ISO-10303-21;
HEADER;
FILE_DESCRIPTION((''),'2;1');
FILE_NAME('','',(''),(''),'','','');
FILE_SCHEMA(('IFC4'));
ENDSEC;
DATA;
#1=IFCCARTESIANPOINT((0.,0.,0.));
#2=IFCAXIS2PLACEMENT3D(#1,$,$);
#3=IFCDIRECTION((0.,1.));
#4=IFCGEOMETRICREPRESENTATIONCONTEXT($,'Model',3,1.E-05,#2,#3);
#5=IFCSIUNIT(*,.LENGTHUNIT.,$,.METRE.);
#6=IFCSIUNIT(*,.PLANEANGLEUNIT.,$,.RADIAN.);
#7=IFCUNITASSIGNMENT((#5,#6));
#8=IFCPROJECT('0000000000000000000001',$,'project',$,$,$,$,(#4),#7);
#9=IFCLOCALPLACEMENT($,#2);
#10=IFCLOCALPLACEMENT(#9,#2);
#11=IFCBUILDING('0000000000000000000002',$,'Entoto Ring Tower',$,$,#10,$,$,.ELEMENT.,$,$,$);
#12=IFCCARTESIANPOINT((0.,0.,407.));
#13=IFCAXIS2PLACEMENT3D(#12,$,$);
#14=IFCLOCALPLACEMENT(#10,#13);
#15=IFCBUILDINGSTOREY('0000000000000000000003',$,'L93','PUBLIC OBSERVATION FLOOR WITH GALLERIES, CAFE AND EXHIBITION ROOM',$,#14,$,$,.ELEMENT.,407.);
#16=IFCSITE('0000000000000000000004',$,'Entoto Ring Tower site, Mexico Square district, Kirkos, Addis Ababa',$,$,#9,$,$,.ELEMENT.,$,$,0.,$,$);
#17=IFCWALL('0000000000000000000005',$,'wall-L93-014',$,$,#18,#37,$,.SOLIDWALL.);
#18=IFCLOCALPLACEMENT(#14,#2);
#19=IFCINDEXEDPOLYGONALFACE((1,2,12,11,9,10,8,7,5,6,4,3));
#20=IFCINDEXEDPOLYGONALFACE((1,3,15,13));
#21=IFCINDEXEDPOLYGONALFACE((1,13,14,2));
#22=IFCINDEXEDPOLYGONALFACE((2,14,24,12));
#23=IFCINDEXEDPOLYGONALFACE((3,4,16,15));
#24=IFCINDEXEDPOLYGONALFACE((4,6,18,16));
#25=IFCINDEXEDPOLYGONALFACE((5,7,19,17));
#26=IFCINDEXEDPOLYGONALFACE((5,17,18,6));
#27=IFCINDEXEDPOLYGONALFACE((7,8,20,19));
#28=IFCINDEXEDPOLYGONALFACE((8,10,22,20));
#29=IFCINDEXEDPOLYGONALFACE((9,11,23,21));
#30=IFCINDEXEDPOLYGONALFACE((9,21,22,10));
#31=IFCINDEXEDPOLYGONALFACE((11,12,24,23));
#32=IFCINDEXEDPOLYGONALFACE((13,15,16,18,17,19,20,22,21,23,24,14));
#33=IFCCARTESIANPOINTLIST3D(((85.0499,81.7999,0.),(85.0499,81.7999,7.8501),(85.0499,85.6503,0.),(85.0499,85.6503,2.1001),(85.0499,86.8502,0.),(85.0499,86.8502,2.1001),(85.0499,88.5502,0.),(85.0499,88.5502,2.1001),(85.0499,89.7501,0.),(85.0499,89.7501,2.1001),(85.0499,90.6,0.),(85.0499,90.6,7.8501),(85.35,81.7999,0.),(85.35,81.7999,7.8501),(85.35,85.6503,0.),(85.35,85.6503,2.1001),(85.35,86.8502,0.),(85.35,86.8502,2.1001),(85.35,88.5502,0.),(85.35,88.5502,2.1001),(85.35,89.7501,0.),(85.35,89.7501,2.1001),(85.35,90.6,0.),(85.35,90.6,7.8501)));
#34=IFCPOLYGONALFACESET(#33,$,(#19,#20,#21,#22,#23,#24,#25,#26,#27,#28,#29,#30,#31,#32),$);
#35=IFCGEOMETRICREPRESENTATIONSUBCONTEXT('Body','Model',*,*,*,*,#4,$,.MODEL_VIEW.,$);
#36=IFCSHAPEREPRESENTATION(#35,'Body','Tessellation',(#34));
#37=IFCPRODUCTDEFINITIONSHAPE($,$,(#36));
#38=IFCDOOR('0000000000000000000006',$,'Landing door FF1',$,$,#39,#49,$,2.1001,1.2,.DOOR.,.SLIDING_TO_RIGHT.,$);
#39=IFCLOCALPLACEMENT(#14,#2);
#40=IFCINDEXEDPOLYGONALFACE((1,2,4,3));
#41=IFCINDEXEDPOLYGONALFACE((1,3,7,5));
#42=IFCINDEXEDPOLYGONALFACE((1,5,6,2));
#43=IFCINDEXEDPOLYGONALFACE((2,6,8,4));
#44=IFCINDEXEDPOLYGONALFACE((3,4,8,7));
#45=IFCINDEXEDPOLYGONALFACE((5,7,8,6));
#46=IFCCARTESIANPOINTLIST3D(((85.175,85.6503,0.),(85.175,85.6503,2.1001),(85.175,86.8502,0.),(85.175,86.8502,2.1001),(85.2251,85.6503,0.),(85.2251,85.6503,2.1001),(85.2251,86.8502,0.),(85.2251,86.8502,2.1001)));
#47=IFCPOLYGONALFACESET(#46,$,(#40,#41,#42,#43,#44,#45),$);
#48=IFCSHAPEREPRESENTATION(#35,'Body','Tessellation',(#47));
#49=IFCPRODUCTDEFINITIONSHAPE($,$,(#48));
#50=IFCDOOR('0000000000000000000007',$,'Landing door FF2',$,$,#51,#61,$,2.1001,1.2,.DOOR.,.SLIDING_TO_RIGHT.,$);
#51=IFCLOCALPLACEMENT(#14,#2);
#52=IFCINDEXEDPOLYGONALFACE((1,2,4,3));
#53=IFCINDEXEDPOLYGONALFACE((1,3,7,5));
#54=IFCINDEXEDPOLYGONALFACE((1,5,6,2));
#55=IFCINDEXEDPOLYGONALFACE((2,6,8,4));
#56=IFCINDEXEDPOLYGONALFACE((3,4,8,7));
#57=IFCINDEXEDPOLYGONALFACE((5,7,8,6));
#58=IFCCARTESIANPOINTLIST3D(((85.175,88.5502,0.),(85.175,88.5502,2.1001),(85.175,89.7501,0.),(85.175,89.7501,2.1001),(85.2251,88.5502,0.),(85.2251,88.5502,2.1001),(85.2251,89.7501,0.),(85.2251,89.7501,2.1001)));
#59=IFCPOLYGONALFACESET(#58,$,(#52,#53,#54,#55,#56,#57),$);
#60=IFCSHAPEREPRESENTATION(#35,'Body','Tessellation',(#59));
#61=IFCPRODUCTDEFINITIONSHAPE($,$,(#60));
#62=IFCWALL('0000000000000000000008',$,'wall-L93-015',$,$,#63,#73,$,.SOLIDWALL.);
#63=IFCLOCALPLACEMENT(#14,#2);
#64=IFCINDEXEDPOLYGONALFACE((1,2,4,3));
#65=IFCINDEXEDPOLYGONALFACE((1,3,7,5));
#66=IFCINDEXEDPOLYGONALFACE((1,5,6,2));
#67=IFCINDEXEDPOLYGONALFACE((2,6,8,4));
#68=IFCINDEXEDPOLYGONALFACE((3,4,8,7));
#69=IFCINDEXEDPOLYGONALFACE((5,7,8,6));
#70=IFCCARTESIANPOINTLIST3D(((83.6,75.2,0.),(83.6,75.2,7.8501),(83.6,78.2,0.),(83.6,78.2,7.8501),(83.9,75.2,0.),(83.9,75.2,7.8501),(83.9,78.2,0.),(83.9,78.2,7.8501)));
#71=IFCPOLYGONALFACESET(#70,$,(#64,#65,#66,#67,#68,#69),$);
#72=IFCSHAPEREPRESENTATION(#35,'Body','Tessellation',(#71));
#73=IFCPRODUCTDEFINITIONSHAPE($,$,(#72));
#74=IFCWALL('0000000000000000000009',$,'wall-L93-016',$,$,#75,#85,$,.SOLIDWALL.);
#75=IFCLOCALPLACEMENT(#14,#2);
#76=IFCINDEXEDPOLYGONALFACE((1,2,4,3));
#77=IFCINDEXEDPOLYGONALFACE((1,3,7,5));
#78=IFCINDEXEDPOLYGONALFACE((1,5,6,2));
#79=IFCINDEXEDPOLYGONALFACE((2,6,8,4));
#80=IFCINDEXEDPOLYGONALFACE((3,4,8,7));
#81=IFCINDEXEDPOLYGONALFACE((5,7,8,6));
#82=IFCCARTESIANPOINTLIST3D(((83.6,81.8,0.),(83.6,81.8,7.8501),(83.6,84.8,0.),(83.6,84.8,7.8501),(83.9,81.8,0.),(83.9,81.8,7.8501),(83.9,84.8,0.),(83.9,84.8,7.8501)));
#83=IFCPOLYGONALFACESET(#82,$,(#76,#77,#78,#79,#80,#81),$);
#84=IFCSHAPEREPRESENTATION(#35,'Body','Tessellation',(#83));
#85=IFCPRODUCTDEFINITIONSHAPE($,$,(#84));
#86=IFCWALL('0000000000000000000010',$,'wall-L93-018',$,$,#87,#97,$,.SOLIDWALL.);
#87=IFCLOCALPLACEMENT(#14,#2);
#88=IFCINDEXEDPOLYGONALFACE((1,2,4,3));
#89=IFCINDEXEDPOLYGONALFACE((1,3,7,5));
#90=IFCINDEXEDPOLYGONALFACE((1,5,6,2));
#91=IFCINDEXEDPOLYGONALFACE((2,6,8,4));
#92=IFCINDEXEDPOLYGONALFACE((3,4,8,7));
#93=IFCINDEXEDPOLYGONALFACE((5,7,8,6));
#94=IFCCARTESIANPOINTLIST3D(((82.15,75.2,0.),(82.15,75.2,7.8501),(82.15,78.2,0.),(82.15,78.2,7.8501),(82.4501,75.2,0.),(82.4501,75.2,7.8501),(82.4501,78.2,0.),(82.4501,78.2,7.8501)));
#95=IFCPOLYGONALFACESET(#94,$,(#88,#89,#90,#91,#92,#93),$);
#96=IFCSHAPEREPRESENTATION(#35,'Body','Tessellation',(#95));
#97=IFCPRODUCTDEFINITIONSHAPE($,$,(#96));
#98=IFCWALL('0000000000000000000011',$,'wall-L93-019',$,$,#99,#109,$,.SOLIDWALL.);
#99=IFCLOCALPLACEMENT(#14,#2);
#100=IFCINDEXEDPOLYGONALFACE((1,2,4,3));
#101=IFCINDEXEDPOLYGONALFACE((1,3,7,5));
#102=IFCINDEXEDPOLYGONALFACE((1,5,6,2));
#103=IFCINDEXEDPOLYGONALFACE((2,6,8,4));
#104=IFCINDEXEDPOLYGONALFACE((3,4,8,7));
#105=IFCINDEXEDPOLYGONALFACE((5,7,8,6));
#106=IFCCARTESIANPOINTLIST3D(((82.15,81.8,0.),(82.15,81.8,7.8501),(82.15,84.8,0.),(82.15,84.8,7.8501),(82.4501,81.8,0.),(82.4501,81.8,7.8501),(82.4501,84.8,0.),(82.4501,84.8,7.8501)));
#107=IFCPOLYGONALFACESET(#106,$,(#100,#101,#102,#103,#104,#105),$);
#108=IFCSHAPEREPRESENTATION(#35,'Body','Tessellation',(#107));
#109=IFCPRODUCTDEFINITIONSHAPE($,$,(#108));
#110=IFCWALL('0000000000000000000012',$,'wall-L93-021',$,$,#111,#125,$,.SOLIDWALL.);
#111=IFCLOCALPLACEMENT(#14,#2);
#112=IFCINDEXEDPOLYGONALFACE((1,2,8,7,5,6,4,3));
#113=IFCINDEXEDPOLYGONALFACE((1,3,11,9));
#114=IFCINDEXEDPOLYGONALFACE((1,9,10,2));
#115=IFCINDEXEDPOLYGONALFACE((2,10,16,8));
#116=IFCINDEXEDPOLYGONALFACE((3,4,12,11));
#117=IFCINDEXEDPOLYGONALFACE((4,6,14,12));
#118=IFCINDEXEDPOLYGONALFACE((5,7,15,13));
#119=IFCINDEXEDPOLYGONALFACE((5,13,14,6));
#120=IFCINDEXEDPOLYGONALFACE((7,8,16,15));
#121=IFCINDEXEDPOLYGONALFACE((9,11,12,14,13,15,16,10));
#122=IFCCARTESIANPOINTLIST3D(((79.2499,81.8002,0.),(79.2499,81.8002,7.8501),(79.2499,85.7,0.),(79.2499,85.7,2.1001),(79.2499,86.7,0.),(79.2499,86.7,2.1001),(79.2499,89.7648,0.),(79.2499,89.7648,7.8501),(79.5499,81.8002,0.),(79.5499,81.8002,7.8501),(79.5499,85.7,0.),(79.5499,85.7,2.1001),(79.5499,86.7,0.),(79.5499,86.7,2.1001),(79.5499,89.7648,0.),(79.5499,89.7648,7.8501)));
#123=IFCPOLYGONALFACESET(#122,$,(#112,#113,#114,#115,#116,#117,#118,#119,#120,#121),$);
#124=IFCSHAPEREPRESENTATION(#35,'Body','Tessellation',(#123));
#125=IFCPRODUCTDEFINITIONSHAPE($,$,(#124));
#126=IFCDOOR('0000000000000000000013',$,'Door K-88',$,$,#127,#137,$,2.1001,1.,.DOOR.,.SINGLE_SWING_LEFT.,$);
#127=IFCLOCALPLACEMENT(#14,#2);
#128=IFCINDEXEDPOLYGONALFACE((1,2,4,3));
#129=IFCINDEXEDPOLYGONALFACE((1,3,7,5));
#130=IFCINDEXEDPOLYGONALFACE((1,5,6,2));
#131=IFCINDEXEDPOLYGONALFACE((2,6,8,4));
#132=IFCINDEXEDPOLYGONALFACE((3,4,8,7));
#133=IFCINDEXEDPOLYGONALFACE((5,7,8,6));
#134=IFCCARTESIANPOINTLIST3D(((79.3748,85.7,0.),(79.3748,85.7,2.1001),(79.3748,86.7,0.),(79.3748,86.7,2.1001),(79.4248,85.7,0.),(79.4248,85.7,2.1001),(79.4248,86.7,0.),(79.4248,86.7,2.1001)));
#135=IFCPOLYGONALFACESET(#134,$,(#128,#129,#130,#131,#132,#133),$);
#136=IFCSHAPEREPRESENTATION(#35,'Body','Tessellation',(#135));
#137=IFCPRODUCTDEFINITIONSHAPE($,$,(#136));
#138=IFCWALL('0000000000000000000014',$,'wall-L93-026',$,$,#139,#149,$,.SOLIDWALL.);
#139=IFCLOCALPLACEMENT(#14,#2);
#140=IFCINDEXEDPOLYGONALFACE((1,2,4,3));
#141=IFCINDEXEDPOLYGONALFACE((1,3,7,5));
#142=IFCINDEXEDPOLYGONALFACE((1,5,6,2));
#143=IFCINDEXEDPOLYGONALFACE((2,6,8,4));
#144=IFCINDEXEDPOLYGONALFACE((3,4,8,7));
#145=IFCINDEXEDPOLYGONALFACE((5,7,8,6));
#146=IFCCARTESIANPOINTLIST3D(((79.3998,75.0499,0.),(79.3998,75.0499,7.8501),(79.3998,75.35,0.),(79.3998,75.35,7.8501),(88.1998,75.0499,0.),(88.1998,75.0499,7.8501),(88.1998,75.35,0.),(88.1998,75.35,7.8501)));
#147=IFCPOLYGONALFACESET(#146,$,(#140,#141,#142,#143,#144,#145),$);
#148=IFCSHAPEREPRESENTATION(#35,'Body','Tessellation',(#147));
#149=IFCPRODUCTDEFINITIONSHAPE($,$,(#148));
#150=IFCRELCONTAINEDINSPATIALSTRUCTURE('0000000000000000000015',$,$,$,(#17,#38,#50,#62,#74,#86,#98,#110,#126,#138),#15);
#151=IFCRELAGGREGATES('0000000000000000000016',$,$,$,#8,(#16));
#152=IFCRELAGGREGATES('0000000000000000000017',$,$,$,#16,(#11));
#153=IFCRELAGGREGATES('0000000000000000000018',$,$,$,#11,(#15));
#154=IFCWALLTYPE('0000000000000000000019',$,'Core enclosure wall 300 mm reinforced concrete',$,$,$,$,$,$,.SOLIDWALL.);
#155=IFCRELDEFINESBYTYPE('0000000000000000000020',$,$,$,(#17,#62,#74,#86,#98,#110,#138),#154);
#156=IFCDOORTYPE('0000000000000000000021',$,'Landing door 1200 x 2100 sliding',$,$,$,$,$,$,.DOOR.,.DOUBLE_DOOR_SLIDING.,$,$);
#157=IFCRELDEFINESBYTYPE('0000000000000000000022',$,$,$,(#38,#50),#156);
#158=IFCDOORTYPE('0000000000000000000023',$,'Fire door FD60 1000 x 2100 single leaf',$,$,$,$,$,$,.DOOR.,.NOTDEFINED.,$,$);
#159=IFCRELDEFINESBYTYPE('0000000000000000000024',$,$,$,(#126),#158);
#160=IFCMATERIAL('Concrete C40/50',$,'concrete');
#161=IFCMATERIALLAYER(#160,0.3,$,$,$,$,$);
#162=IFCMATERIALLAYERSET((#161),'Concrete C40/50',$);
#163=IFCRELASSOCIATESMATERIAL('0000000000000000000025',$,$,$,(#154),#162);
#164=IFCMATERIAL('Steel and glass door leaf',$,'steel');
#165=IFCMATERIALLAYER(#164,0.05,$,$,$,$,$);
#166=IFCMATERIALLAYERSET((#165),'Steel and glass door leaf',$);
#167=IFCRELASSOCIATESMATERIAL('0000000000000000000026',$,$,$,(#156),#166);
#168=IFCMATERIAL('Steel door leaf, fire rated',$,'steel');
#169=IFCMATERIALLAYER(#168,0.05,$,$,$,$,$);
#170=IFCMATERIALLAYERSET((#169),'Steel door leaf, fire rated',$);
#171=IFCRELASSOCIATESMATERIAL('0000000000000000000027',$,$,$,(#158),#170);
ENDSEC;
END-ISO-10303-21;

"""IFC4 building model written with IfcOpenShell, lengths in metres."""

from ifc_helpers import new_model, si_unit, direction, frame, frame_2d, origin, place, context, subcontext, project, spatial, rectangle, extrude, material, layer, layer_set, type_object, element, fill, save


model = new_model("IFC4")

# Units and contexts
model_context = context("Model", 3, precision=1e-05, world=origin(), true_north=direction((0.0, 1.0)))
body_context = subcontext(model_context, "Body", "Model", "MODEL_VIEW")
ifc_project = project(units=[si_unit("LENGTHUNIT", "METRE"), si_unit("PLANEANGLEUNIT", "RADIAN")], contexts=[model_context])

# Site, building, storey
site_placement = place(None, origin())
site = spatial("IfcSite", under=ifc_project, at=site_placement, Name="Entoto Ring Tower site, Mexico Square district, Kirkos, Addis Ababa", CompositionType="ELEMENT", RefElevation=0.0)
building_placement = place(site_placement, origin())
building = spatial("IfcBuilding", under=site, at=building_placement, Name="Entoto Ring Tower", CompositionType="ELEMENT")
storey_placement = place(building_placement, frame((0.0, 0.0, 407.0)))
storey = spatial("IfcBuildingStorey", under=building, at=storey_placement, Name="L93", Description="PUBLIC OBSERVATION FLOOR WITH GALLERIES, CAFE AND EXHIBITION ROOM", CompositionType="ELEMENT", Elevation=407.0)

# Wall, openings, doors
ifc_material_1 = material(Name="Concrete C40/50", Category="concrete")
ifc_layer_1 = layer(ifc_material_1, 0.3)
ifc_layer_set_1 = layer_set([ifc_layer_1], Name="Concrete C40/50")
wall_type = type_object("IfcWallType", Name="Core enclosure wall 300 mm reinforced concrete", PredefinedType="SOLIDWALL", material=ifc_layer_set_1)
wall_1_placement = place(storey_placement, frame((85.2, 81.8, 0.0), z_axis=(0.0, 0.0, 1.0), x_axis=(0.0, 1.0, 0.0)))
wall_1 = element("IfcWall", 1, at=wall_1_placement, inside=storey, type_object=wall_type, Name="wall-L93-014", PredefinedType="SOLIDWALL", context=body_context, shape_type="SweptSolid", body=[
    extrude(rectangle(XDim=8.8, YDim=0.3, at=frame_2d((4.3999, 0.0))), origin(), (0.0, 0.0, 1.0), 7.8501),
])
opening_1_placement = place(wall_1_placement, frame((3.8501, 0.0, 0.0)))
opening_1 = element("IfcOpeningElement", 2, at=opening_1_placement, cuts=wall_1, PredefinedType="OPENING", context=body_context, shape_type="SweptSolid", body=[
    extrude(rectangle(XDim=1.2, YDim=2.1001, at=frame_2d((0.6001, 1.05))), frame((0.0, 0.1602, 0.0), z_axis=(0.0, -1.0, 0.0), x_axis=(1.0, 0.0, 0.0)), (0.0, 0.0, 1.0), 0.3201),
])
opening_2_placement = place(wall_1_placement, frame((6.75, 0.0, 0.0)))
opening_2 = element("IfcOpeningElement", 3, at=opening_2_placement, cuts=wall_1, PredefinedType="OPENING", context=body_context, shape_type="SweptSolid", body=[
    extrude(rectangle(XDim=1.2, YDim=2.1001, at=frame_2d((0.6001, 1.05))), frame((0.0, 0.1602, 0.0), z_axis=(0.0, -1.0, 0.0), x_axis=(1.0, 0.0, 0.0)), (0.0, 0.0, 1.0), 0.3201),
])
ifc_material_2 = material(Name="Steel and glass door leaf", Category="steel")
ifc_layer_2 = layer(ifc_material_2, 0.05)
ifc_layer_set_2 = layer_set([ifc_layer_2], Name="Steel and glass door leaf")
door_type_1 = type_object("IfcDoorType", Name="Landing door 1200 x 2100 sliding", OperationType="DOUBLE_DOOR_SLIDING", PredefinedType="DOOR", material=ifc_layer_set_2)
door_1_placement = place(opening_1_placement, origin())
door_1 = element("IfcDoor", 4, at=door_1_placement, inside=storey, type_object=door_type_1, Name="Landing door FF1", OperationType="SLIDING_TO_RIGHT", OverallHeight=2.1001, OverallWidth=1.2, PredefinedType="DOOR", context=body_context, shape_type="SweptSolid", body=[
    extrude(rectangle(XDim=1.2, YDim=2.1001, at=frame_2d((0.6001, 1.05))), frame((0.0, 0.0249, 0.0), z_axis=(0.0, -1.0, 0.0), x_axis=(1.0, 0.0, 0.0)), (0.0, 0.0, 1.0), 0.05),
])
fill(opening_1, door_1)
door_2_placement = place(opening_2_placement, origin())
door_2 = element("IfcDoor", 5, at=door_2_placement, inside=storey, type_object=door_type_1, Name="Landing door FF2", OperationType="SLIDING_TO_RIGHT", OverallHeight=2.1001, OverallWidth=1.2, PredefinedType="DOOR", context=body_context, shape_type="SweptSolid", body=[
    extrude(rectangle(XDim=1.2, YDim=2.1001, at=frame_2d((0.6001, 1.05))), frame((0.0, 0.0249, 0.0), z_axis=(0.0, -1.0, 0.0), x_axis=(1.0, 0.0, 0.0)), (0.0, 0.0, 1.0), 0.05),
])
fill(opening_2, door_2)

# Walls
for number, where, z_axis, x_axis, name in (
    (6, (83.75, 75.2, 0.0), (0.0, 0.0, 1.0), (0.0, 1.0, 0.0), "wall-L93-015"),
    (7, (83.75, 81.8, 0.0), (0.0, 0.0, 1.0), (0.0, 1.0, 0.0), "wall-L93-016"),
    (8, (82.3, 75.2, 0.0), (0.0, 0.0, 1.0), (0.0, 1.0, 0.0), "wall-L93-018"),
    (9, (82.3, 81.8, 0.0), (0.0, 0.0, 1.0), (0.0, 1.0, 0.0), "wall-L93-019"),
):
    element("IfcWall", number, at=place(storey_placement, frame(where, z_axis=z_axis, x_axis=x_axis)), inside=storey, type_object=wall_type, Name=name, PredefinedType="SOLIDWALL", context=body_context, shape_type="SweptSolid", body=[
        extrude(rectangle(XDim=3.0, YDim=0.3, at=frame_2d((1.5, 0.0))), origin(), (0.0, 0.0, 1.0), 7.8501),
    ])

# Wall, opening, door
wall_2_placement = place(storey_placement, frame((79.3999, 81.8, 0.0), z_axis=(0.0, 0.0, 1.0), x_axis=(0.0, 1.0, 0.0)))
wall_2 = element("IfcWall", 10, at=wall_2_placement, inside=storey, type_object=wall_type, Name="wall-L93-021", PredefinedType="SOLIDWALL", context=body_context, shape_type="SweptSolid", body=[
    extrude(rectangle(XDim=7.9646, YDim=0.3, at=frame_2d((3.9824, 0.0))), origin(), (0.0, 0.0, 1.0), 7.8501),
])
opening_3_placement = place(wall_2_placement, frame((3.8999, 0.0, 0.0)))
opening_3 = element("IfcOpeningElement", 11, at=opening_3_placement, cuts=wall_2, PredefinedType="OPENING", context=body_context, shape_type="SweptSolid", body=[
    extrude(rectangle(XDim=1.0, YDim=2.1001, at=frame_2d((0.5, 1.05))), frame((0.0, 0.1602, 0.0), z_axis=(0.0, -1.0, 0.0), x_axis=(1.0, 0.0, 0.0)), (0.0, 0.0, 1.0), 0.3201),
])
ifc_material_3 = material(Name="Steel door leaf, fire rated", Category="steel")
ifc_layer_3 = layer(ifc_material_3, 0.05)
ifc_layer_set_3 = layer_set([ifc_layer_3], Name="Steel door leaf, fire rated")
door_type_2 = type_object("IfcDoorType", Name="Fire door FD60 1000 x 2100 single leaf", OperationType="NOTDEFINED", PredefinedType="DOOR", material=ifc_layer_set_3)
door_3_placement = place(opening_3_placement, frame((1.0, 0.0, 0.0), z_axis=(0.0, 0.0, 1.0), x_axis=(-1.0, 0.0, 0.0)))
door_3 = element("IfcDoor", 12, at=door_3_placement, inside=storey, type_object=door_type_2, Name="Door K-88", OperationType="SINGLE_SWING_LEFT", OverallHeight=2.1001, OverallWidth=1.0, PredefinedType="DOOR", context=body_context, shape_type="SweptSolid", body=[
    extrude(rectangle(XDim=1.0, YDim=2.1001, at=frame_2d((0.5, 1.05))), frame((0.0, 0.0249, 0.0), z_axis=(0.0, -1.0, 0.0), x_axis=(1.0, 0.0, 0.0)), (0.0, 0.0, 1.0), 0.05),
])
fill(opening_3, door_3)

# Wall
wall_3_placement = place(storey_placement, frame((79.3999, 75.2, 0.0), z_axis=(0.0, 0.0, 1.0), x_axis=(1.0, 0.0, 0.0)))
element("IfcWall", 13, at=wall_3_placement, inside=storey, type_object=wall_type, Name="wall-L93-026", PredefinedType="SOLIDWALL", context=body_context, shape_type="SweptSolid", body=[
    extrude(rectangle(XDim=8.8, YDim=0.3, at=frame_2d((4.3999, 0.0))), origin(), (0.0, 0.0, 1.0), 7.8501),
])

save(model, "model.ifc")
